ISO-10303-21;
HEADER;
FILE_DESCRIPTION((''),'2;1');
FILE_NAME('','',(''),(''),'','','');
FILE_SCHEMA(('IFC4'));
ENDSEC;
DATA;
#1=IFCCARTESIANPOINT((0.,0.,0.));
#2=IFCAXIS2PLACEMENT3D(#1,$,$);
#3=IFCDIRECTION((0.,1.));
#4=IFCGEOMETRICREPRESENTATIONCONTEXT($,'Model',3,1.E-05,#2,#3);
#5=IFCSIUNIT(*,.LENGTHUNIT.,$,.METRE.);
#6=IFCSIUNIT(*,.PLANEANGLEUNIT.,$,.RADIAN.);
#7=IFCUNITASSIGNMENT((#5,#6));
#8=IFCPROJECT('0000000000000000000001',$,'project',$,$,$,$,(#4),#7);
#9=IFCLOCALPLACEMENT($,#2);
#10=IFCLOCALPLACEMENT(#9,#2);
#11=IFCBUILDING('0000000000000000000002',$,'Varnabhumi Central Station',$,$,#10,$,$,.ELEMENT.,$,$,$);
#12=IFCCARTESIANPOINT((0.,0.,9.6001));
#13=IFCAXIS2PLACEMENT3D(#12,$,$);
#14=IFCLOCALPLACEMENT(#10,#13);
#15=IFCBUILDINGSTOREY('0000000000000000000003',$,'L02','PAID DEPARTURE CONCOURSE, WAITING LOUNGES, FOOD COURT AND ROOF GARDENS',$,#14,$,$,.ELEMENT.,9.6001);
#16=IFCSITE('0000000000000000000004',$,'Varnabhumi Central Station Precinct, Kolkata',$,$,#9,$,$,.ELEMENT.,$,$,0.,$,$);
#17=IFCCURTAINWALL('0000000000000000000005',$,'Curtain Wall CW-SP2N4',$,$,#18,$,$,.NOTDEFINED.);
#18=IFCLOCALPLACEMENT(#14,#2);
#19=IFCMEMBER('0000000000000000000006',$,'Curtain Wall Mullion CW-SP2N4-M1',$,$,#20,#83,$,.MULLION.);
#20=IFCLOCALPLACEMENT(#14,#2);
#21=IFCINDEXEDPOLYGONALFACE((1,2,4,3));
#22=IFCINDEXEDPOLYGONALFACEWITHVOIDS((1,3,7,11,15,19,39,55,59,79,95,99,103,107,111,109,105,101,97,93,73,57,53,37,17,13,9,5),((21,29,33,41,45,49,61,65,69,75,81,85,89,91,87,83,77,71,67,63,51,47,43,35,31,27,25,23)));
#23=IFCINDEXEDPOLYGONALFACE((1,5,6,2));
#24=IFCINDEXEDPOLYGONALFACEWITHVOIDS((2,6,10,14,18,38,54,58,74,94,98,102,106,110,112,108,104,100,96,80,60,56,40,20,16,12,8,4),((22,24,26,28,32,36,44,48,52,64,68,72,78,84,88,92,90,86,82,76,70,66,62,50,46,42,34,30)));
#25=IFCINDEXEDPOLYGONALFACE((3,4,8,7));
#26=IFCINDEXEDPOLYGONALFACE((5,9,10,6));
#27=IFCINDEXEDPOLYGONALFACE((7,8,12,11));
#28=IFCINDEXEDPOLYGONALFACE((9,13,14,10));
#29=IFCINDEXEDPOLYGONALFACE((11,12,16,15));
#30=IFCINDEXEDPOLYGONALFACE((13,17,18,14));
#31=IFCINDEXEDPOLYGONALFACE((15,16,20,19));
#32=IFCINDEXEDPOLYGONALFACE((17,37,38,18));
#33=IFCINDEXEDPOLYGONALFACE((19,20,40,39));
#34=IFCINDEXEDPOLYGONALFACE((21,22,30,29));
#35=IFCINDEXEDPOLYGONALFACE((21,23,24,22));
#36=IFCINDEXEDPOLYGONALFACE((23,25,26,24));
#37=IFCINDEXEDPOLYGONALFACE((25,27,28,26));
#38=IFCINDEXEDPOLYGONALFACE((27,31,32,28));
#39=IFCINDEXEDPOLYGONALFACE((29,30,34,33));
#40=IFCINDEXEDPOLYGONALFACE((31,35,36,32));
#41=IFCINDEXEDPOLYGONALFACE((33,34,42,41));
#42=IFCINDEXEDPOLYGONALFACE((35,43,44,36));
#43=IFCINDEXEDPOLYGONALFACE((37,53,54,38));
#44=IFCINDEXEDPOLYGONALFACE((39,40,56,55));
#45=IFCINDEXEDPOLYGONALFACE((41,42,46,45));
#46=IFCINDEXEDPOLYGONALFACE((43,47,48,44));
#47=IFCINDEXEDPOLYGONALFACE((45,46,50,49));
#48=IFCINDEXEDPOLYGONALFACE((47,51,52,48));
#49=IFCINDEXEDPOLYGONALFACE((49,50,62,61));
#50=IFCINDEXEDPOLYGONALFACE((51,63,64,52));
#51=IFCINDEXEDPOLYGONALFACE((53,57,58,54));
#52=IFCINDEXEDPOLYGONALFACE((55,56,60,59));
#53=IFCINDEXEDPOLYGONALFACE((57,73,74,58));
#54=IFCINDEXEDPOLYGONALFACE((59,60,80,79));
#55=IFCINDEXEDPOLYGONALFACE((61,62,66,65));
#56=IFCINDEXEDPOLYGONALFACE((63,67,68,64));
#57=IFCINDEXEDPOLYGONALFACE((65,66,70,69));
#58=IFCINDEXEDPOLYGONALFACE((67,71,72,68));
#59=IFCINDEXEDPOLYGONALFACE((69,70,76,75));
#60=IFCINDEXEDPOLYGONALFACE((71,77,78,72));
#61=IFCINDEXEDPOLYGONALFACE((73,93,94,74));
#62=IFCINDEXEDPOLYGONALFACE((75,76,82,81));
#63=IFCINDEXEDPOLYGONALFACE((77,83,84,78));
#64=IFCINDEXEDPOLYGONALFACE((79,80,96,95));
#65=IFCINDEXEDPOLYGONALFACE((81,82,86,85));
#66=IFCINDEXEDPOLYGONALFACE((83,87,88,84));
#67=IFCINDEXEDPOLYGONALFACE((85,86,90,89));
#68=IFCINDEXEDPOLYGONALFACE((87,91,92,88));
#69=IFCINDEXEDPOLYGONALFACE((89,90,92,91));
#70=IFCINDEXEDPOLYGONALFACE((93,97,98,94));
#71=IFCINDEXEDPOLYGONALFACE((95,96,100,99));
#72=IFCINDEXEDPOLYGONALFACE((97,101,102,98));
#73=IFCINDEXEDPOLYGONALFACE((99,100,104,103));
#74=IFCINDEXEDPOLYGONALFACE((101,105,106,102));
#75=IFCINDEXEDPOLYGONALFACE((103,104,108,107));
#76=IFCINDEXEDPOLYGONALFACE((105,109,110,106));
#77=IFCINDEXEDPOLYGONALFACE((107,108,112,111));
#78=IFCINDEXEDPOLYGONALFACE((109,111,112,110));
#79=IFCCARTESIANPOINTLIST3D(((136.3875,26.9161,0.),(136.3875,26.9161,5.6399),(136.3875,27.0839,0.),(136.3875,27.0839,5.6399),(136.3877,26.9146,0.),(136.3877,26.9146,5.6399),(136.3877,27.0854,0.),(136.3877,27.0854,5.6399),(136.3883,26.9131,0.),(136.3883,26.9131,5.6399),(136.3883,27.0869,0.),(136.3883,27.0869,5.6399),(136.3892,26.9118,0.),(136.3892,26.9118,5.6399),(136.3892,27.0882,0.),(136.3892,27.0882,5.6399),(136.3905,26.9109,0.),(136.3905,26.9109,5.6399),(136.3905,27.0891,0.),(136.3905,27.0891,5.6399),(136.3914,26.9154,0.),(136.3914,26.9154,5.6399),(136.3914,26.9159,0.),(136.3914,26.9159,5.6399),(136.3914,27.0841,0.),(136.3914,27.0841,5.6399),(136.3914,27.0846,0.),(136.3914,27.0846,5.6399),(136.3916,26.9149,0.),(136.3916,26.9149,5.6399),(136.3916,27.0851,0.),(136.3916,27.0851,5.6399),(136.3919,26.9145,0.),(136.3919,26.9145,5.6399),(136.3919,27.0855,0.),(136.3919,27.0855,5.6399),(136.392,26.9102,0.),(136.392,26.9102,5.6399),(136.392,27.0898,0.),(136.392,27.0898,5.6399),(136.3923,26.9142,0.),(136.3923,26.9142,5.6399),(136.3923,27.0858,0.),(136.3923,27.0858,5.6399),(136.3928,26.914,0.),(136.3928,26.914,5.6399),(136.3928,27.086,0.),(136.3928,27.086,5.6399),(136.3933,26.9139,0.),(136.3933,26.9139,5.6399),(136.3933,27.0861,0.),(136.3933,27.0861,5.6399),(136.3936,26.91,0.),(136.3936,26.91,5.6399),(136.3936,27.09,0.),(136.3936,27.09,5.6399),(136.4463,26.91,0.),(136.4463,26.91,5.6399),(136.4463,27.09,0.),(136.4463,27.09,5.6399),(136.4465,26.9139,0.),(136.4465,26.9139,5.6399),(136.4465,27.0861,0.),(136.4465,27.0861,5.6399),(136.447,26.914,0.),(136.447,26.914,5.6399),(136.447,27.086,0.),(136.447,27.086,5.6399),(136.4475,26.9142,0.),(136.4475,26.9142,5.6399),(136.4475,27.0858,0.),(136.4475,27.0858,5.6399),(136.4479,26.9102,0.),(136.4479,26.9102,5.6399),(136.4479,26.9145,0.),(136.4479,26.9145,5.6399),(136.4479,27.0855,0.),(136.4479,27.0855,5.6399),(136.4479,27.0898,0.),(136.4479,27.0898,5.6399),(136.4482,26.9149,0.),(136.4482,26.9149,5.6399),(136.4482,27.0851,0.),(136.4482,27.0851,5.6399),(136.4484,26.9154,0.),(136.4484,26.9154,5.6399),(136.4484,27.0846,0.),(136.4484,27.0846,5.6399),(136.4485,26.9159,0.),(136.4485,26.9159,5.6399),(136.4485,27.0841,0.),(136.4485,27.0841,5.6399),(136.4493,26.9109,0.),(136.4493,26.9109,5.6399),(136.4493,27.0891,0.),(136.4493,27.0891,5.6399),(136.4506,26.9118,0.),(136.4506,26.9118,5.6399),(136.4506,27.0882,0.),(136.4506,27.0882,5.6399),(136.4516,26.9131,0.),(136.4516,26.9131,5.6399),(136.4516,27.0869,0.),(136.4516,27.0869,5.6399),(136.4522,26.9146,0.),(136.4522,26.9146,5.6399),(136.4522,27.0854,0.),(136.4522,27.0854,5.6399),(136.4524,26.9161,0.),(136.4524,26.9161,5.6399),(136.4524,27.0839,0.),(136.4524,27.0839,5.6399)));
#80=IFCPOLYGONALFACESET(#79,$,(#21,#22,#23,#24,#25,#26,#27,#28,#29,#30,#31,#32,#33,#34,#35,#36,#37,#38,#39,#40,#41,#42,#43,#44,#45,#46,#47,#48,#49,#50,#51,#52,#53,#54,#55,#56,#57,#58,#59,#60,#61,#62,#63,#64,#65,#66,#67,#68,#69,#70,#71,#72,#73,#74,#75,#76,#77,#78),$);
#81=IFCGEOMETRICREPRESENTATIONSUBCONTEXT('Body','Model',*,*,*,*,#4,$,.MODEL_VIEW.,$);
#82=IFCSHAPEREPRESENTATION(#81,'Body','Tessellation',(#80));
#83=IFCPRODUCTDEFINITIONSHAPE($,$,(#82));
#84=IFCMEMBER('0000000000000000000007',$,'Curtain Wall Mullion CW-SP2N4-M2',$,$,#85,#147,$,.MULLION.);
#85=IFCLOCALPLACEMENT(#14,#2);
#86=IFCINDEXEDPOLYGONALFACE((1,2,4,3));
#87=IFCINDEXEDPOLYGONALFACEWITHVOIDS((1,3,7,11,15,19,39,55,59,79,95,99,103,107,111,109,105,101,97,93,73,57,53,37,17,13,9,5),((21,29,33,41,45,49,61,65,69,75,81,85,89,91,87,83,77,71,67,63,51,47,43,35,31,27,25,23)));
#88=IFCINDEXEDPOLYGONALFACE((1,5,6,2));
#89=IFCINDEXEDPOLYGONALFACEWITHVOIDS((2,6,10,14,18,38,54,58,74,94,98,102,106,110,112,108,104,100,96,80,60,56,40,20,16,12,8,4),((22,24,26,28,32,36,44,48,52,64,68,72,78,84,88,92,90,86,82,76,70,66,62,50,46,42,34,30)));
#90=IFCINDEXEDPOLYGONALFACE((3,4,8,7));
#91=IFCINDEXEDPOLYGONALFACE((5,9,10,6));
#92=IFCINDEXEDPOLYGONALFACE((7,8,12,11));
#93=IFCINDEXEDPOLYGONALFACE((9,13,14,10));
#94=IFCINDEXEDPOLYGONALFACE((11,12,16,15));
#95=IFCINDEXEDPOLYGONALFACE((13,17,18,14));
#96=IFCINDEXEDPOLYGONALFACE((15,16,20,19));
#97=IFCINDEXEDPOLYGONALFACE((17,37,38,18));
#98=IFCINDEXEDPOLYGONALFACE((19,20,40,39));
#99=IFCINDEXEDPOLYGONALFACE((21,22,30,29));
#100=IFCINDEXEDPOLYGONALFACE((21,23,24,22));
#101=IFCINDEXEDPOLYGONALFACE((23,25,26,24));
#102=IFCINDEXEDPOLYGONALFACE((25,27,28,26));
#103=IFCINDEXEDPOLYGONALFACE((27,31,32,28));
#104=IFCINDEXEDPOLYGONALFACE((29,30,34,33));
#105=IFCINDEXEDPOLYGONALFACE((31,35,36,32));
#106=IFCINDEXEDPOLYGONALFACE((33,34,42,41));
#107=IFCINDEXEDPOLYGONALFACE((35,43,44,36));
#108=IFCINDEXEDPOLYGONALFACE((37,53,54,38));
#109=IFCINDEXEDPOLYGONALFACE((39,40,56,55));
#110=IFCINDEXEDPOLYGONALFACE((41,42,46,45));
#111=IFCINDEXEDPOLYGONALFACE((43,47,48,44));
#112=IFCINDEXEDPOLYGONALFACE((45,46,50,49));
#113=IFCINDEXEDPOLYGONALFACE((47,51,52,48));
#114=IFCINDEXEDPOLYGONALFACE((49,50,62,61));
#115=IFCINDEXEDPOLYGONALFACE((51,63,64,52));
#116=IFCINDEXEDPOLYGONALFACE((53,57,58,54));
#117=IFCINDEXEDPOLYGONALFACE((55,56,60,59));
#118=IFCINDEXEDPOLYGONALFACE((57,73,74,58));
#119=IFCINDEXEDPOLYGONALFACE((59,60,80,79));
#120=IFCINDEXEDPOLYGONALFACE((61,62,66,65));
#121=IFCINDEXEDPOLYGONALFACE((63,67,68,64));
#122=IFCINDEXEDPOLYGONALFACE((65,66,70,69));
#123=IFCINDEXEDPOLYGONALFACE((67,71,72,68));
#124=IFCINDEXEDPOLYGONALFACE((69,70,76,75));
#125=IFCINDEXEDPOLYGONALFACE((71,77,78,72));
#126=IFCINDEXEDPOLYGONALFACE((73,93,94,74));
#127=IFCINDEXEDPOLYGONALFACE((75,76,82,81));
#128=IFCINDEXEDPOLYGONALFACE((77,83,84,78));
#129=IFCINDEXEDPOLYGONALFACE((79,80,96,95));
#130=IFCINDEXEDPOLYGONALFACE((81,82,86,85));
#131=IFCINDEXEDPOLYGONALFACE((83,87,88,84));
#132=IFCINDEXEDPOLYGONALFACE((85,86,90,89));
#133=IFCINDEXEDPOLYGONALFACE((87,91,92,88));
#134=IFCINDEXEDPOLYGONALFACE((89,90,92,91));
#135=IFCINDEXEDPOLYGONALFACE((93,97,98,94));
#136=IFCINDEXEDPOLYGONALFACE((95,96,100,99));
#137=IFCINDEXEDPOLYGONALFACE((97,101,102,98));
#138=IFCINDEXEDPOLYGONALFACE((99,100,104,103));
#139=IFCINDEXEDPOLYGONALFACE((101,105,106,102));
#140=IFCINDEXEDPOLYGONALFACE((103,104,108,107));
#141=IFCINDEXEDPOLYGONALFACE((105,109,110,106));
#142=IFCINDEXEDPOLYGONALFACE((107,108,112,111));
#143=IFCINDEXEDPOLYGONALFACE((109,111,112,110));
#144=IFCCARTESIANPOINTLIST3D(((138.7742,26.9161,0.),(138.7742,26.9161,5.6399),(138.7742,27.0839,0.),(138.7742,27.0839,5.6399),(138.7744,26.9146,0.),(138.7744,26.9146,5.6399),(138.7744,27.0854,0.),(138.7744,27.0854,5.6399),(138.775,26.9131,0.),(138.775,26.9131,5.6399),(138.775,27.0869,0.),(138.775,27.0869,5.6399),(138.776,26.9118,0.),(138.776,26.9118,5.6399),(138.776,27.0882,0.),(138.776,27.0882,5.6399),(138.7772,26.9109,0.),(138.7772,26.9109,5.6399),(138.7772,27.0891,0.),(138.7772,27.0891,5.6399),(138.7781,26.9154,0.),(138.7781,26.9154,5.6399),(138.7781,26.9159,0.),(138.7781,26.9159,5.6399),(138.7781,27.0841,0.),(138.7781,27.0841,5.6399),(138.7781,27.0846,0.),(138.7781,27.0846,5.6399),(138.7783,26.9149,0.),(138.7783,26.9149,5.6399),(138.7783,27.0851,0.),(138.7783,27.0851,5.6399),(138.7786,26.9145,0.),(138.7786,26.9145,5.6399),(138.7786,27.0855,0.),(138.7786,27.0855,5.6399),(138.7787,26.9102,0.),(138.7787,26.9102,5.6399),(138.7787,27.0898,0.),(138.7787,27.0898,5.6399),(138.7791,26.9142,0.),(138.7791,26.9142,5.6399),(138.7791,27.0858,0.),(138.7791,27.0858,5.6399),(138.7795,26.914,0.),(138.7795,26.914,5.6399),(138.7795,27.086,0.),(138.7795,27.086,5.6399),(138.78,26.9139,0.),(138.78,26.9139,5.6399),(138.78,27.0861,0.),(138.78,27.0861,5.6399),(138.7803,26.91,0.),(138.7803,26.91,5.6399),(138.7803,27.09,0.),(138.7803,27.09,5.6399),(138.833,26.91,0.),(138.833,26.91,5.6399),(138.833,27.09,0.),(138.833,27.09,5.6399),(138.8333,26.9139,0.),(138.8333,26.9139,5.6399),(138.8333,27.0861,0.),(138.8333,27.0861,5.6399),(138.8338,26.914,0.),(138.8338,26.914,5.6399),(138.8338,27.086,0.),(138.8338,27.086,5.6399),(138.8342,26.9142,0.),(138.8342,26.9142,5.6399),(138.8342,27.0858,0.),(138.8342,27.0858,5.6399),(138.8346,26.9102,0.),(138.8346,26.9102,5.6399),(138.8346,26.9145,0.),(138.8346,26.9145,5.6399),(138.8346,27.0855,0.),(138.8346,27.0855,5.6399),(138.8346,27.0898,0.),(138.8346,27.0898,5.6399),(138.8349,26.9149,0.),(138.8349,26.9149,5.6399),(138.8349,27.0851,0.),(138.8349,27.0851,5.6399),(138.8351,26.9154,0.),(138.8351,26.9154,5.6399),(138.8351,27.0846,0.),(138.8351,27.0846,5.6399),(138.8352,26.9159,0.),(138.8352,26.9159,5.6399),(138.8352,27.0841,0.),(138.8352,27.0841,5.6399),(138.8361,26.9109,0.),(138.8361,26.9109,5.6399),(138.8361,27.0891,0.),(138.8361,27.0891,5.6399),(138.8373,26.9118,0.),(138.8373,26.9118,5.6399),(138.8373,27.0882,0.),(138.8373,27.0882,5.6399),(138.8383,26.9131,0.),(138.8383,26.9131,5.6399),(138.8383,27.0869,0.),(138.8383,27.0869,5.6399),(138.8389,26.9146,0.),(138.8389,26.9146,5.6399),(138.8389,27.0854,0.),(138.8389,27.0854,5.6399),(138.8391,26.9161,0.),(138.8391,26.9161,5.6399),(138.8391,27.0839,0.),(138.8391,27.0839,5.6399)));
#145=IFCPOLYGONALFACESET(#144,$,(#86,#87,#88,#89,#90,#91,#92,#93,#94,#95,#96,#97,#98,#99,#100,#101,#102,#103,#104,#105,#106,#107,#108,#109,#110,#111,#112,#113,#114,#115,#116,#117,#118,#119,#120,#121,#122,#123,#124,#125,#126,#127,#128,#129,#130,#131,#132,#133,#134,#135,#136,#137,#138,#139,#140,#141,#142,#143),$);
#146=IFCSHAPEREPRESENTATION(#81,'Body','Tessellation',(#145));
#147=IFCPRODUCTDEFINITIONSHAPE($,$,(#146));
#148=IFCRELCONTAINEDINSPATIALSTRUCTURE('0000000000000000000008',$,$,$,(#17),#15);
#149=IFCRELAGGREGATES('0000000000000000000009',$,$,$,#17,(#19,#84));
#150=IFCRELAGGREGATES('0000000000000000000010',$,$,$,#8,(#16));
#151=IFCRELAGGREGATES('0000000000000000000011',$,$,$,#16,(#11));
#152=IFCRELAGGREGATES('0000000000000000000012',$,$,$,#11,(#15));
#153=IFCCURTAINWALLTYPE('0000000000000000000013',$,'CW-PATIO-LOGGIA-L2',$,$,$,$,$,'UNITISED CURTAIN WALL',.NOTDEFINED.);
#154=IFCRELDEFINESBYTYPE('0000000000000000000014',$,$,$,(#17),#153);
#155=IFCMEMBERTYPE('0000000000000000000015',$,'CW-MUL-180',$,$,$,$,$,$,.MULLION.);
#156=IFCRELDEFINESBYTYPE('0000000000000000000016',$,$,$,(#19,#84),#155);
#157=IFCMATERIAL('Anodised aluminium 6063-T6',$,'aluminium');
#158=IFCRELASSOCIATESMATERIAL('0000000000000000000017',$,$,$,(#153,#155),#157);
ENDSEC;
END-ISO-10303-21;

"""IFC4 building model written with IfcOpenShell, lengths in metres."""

from ifc_helpers import new_model, si_unit, direction, frame, origin, origin_2d, place, context, subcontext, project, spatial, hollow_rectangle, extrude, material, material_profile, profile_set, type_object, element, aggregate, save


model = new_model("IFC4")

# Units and contexts
model_context = context("Model", 3, precision=1e-05, world=origin(), true_north=direction((0.0, 1.0)))
body_context = subcontext(model_context, "Body", "Model", "MODEL_VIEW")
ifc_project = project(units=[si_unit("LENGTHUNIT", "METRE"), si_unit("PLANEANGLEUNIT", "RADIAN")], contexts=[model_context])

# Site, building, storey
site_placement = place(None, origin())
site = spatial("IfcSite", under=ifc_project, at=site_placement, Name="Varnabhumi Central Station Precinct, Kolkata", CompositionType="ELEMENT", RefElevation=0.0)
building_placement = place(site_placement, origin())
building = spatial("IfcBuilding", under=site, at=building_placement, Name="Varnabhumi Central Station", CompositionType="ELEMENT")
storey_placement = place(building_placement, frame((0.0, 0.0, 9.6001)))
storey = spatial("IfcBuildingStorey", under=building, at=storey_placement, Name="L02", Description="PAID DEPARTURE CONCOURSE, WAITING LOUNGES, FOOD COURT AND ROOF GARDENS", CompositionType="ELEMENT", Elevation=9.6001)

# Curtain wall, members
ifc_material_1 = material(Name="Anodised aluminium 6063-T6", Category="aluminium")
curtain_wall_type = type_object("IfcCurtainWallType", Name="CW-PATIO-LOGGIA-L2", ElementType="UNITISED CURTAIN WALL", PredefinedType="NOTDEFINED", material=ifc_material_1)
ifc_material_profile_1 = material_profile(ifc_material_1, hollow_rectangle(XDim=0.0649, YDim=0.1799, WallThickness=0.0039, InnerFilletRadius=0.002, OuterFilletRadius=0.0061, at=origin_2d()), Name="Anodised aluminium 6063-T6", Category="aluminium")
ifc_profile_set_1 = profile_set([ifc_material_profile_1], Name="Anodised aluminium 6063-T6")
member_type_1 = type_object("IfcMemberType", Name="CW-MUL-180", PredefinedType="MULLION", material=ifc_profile_set_1)
curtain_wall_1_placement = place(storey_placement, origin())
curtain_wall_1 = element("IfcCurtainWall", 1, at=curtain_wall_1_placement, inside=storey, type_object=curtain_wall_type, Name="Curtain Wall CW-SP2N4", PredefinedType="NOTDEFINED")
member_1_placement = place(storey_placement, frame((136.4199, 27.0, 0.0), z_axis=(0.0, 0.0, 1.0), x_axis=(1.0, 0.0, 0.0)))
member_1 = element("IfcMember", 2, at=member_1_placement, type_object=member_type_1, Name="Curtain Wall Mullion CW-SP2N4-M1", PredefinedType="MULLION", context=body_context, shape_type="SweptSolid", body=[
    extrude(hollow_rectangle(XDim=0.0649, YDim=0.1799, WallThickness=0.0039, InnerFilletRadius=0.002, OuterFilletRadius=0.0061, at=origin_2d()), origin(), (0.0, 0.0, 1.0), 5.6399),
])
member_2_placement = place(storey_placement, frame((138.8066, 27.0, 0.0), z_axis=(0.0, 0.0, 1.0), x_axis=(1.0, 0.0, 0.0)))
member_2 = element("IfcMember", 3, at=member_2_placement, type_object=member_type_1, Name="Curtain Wall Mullion CW-SP2N4-M2", PredefinedType="MULLION", context=body_context, shape_type="SweptSolid", body=[
    extrude(hollow_rectangle(XDim=0.0649, YDim=0.1799, WallThickness=0.0039, InnerFilletRadius=0.002, OuterFilletRadius=0.0061, at=origin_2d()), origin(), (0.0, 0.0, 1.0), 5.6399),
])

aggregate(curtain_wall_1, [member_1, member_2])

save(model, "model.ifc")
